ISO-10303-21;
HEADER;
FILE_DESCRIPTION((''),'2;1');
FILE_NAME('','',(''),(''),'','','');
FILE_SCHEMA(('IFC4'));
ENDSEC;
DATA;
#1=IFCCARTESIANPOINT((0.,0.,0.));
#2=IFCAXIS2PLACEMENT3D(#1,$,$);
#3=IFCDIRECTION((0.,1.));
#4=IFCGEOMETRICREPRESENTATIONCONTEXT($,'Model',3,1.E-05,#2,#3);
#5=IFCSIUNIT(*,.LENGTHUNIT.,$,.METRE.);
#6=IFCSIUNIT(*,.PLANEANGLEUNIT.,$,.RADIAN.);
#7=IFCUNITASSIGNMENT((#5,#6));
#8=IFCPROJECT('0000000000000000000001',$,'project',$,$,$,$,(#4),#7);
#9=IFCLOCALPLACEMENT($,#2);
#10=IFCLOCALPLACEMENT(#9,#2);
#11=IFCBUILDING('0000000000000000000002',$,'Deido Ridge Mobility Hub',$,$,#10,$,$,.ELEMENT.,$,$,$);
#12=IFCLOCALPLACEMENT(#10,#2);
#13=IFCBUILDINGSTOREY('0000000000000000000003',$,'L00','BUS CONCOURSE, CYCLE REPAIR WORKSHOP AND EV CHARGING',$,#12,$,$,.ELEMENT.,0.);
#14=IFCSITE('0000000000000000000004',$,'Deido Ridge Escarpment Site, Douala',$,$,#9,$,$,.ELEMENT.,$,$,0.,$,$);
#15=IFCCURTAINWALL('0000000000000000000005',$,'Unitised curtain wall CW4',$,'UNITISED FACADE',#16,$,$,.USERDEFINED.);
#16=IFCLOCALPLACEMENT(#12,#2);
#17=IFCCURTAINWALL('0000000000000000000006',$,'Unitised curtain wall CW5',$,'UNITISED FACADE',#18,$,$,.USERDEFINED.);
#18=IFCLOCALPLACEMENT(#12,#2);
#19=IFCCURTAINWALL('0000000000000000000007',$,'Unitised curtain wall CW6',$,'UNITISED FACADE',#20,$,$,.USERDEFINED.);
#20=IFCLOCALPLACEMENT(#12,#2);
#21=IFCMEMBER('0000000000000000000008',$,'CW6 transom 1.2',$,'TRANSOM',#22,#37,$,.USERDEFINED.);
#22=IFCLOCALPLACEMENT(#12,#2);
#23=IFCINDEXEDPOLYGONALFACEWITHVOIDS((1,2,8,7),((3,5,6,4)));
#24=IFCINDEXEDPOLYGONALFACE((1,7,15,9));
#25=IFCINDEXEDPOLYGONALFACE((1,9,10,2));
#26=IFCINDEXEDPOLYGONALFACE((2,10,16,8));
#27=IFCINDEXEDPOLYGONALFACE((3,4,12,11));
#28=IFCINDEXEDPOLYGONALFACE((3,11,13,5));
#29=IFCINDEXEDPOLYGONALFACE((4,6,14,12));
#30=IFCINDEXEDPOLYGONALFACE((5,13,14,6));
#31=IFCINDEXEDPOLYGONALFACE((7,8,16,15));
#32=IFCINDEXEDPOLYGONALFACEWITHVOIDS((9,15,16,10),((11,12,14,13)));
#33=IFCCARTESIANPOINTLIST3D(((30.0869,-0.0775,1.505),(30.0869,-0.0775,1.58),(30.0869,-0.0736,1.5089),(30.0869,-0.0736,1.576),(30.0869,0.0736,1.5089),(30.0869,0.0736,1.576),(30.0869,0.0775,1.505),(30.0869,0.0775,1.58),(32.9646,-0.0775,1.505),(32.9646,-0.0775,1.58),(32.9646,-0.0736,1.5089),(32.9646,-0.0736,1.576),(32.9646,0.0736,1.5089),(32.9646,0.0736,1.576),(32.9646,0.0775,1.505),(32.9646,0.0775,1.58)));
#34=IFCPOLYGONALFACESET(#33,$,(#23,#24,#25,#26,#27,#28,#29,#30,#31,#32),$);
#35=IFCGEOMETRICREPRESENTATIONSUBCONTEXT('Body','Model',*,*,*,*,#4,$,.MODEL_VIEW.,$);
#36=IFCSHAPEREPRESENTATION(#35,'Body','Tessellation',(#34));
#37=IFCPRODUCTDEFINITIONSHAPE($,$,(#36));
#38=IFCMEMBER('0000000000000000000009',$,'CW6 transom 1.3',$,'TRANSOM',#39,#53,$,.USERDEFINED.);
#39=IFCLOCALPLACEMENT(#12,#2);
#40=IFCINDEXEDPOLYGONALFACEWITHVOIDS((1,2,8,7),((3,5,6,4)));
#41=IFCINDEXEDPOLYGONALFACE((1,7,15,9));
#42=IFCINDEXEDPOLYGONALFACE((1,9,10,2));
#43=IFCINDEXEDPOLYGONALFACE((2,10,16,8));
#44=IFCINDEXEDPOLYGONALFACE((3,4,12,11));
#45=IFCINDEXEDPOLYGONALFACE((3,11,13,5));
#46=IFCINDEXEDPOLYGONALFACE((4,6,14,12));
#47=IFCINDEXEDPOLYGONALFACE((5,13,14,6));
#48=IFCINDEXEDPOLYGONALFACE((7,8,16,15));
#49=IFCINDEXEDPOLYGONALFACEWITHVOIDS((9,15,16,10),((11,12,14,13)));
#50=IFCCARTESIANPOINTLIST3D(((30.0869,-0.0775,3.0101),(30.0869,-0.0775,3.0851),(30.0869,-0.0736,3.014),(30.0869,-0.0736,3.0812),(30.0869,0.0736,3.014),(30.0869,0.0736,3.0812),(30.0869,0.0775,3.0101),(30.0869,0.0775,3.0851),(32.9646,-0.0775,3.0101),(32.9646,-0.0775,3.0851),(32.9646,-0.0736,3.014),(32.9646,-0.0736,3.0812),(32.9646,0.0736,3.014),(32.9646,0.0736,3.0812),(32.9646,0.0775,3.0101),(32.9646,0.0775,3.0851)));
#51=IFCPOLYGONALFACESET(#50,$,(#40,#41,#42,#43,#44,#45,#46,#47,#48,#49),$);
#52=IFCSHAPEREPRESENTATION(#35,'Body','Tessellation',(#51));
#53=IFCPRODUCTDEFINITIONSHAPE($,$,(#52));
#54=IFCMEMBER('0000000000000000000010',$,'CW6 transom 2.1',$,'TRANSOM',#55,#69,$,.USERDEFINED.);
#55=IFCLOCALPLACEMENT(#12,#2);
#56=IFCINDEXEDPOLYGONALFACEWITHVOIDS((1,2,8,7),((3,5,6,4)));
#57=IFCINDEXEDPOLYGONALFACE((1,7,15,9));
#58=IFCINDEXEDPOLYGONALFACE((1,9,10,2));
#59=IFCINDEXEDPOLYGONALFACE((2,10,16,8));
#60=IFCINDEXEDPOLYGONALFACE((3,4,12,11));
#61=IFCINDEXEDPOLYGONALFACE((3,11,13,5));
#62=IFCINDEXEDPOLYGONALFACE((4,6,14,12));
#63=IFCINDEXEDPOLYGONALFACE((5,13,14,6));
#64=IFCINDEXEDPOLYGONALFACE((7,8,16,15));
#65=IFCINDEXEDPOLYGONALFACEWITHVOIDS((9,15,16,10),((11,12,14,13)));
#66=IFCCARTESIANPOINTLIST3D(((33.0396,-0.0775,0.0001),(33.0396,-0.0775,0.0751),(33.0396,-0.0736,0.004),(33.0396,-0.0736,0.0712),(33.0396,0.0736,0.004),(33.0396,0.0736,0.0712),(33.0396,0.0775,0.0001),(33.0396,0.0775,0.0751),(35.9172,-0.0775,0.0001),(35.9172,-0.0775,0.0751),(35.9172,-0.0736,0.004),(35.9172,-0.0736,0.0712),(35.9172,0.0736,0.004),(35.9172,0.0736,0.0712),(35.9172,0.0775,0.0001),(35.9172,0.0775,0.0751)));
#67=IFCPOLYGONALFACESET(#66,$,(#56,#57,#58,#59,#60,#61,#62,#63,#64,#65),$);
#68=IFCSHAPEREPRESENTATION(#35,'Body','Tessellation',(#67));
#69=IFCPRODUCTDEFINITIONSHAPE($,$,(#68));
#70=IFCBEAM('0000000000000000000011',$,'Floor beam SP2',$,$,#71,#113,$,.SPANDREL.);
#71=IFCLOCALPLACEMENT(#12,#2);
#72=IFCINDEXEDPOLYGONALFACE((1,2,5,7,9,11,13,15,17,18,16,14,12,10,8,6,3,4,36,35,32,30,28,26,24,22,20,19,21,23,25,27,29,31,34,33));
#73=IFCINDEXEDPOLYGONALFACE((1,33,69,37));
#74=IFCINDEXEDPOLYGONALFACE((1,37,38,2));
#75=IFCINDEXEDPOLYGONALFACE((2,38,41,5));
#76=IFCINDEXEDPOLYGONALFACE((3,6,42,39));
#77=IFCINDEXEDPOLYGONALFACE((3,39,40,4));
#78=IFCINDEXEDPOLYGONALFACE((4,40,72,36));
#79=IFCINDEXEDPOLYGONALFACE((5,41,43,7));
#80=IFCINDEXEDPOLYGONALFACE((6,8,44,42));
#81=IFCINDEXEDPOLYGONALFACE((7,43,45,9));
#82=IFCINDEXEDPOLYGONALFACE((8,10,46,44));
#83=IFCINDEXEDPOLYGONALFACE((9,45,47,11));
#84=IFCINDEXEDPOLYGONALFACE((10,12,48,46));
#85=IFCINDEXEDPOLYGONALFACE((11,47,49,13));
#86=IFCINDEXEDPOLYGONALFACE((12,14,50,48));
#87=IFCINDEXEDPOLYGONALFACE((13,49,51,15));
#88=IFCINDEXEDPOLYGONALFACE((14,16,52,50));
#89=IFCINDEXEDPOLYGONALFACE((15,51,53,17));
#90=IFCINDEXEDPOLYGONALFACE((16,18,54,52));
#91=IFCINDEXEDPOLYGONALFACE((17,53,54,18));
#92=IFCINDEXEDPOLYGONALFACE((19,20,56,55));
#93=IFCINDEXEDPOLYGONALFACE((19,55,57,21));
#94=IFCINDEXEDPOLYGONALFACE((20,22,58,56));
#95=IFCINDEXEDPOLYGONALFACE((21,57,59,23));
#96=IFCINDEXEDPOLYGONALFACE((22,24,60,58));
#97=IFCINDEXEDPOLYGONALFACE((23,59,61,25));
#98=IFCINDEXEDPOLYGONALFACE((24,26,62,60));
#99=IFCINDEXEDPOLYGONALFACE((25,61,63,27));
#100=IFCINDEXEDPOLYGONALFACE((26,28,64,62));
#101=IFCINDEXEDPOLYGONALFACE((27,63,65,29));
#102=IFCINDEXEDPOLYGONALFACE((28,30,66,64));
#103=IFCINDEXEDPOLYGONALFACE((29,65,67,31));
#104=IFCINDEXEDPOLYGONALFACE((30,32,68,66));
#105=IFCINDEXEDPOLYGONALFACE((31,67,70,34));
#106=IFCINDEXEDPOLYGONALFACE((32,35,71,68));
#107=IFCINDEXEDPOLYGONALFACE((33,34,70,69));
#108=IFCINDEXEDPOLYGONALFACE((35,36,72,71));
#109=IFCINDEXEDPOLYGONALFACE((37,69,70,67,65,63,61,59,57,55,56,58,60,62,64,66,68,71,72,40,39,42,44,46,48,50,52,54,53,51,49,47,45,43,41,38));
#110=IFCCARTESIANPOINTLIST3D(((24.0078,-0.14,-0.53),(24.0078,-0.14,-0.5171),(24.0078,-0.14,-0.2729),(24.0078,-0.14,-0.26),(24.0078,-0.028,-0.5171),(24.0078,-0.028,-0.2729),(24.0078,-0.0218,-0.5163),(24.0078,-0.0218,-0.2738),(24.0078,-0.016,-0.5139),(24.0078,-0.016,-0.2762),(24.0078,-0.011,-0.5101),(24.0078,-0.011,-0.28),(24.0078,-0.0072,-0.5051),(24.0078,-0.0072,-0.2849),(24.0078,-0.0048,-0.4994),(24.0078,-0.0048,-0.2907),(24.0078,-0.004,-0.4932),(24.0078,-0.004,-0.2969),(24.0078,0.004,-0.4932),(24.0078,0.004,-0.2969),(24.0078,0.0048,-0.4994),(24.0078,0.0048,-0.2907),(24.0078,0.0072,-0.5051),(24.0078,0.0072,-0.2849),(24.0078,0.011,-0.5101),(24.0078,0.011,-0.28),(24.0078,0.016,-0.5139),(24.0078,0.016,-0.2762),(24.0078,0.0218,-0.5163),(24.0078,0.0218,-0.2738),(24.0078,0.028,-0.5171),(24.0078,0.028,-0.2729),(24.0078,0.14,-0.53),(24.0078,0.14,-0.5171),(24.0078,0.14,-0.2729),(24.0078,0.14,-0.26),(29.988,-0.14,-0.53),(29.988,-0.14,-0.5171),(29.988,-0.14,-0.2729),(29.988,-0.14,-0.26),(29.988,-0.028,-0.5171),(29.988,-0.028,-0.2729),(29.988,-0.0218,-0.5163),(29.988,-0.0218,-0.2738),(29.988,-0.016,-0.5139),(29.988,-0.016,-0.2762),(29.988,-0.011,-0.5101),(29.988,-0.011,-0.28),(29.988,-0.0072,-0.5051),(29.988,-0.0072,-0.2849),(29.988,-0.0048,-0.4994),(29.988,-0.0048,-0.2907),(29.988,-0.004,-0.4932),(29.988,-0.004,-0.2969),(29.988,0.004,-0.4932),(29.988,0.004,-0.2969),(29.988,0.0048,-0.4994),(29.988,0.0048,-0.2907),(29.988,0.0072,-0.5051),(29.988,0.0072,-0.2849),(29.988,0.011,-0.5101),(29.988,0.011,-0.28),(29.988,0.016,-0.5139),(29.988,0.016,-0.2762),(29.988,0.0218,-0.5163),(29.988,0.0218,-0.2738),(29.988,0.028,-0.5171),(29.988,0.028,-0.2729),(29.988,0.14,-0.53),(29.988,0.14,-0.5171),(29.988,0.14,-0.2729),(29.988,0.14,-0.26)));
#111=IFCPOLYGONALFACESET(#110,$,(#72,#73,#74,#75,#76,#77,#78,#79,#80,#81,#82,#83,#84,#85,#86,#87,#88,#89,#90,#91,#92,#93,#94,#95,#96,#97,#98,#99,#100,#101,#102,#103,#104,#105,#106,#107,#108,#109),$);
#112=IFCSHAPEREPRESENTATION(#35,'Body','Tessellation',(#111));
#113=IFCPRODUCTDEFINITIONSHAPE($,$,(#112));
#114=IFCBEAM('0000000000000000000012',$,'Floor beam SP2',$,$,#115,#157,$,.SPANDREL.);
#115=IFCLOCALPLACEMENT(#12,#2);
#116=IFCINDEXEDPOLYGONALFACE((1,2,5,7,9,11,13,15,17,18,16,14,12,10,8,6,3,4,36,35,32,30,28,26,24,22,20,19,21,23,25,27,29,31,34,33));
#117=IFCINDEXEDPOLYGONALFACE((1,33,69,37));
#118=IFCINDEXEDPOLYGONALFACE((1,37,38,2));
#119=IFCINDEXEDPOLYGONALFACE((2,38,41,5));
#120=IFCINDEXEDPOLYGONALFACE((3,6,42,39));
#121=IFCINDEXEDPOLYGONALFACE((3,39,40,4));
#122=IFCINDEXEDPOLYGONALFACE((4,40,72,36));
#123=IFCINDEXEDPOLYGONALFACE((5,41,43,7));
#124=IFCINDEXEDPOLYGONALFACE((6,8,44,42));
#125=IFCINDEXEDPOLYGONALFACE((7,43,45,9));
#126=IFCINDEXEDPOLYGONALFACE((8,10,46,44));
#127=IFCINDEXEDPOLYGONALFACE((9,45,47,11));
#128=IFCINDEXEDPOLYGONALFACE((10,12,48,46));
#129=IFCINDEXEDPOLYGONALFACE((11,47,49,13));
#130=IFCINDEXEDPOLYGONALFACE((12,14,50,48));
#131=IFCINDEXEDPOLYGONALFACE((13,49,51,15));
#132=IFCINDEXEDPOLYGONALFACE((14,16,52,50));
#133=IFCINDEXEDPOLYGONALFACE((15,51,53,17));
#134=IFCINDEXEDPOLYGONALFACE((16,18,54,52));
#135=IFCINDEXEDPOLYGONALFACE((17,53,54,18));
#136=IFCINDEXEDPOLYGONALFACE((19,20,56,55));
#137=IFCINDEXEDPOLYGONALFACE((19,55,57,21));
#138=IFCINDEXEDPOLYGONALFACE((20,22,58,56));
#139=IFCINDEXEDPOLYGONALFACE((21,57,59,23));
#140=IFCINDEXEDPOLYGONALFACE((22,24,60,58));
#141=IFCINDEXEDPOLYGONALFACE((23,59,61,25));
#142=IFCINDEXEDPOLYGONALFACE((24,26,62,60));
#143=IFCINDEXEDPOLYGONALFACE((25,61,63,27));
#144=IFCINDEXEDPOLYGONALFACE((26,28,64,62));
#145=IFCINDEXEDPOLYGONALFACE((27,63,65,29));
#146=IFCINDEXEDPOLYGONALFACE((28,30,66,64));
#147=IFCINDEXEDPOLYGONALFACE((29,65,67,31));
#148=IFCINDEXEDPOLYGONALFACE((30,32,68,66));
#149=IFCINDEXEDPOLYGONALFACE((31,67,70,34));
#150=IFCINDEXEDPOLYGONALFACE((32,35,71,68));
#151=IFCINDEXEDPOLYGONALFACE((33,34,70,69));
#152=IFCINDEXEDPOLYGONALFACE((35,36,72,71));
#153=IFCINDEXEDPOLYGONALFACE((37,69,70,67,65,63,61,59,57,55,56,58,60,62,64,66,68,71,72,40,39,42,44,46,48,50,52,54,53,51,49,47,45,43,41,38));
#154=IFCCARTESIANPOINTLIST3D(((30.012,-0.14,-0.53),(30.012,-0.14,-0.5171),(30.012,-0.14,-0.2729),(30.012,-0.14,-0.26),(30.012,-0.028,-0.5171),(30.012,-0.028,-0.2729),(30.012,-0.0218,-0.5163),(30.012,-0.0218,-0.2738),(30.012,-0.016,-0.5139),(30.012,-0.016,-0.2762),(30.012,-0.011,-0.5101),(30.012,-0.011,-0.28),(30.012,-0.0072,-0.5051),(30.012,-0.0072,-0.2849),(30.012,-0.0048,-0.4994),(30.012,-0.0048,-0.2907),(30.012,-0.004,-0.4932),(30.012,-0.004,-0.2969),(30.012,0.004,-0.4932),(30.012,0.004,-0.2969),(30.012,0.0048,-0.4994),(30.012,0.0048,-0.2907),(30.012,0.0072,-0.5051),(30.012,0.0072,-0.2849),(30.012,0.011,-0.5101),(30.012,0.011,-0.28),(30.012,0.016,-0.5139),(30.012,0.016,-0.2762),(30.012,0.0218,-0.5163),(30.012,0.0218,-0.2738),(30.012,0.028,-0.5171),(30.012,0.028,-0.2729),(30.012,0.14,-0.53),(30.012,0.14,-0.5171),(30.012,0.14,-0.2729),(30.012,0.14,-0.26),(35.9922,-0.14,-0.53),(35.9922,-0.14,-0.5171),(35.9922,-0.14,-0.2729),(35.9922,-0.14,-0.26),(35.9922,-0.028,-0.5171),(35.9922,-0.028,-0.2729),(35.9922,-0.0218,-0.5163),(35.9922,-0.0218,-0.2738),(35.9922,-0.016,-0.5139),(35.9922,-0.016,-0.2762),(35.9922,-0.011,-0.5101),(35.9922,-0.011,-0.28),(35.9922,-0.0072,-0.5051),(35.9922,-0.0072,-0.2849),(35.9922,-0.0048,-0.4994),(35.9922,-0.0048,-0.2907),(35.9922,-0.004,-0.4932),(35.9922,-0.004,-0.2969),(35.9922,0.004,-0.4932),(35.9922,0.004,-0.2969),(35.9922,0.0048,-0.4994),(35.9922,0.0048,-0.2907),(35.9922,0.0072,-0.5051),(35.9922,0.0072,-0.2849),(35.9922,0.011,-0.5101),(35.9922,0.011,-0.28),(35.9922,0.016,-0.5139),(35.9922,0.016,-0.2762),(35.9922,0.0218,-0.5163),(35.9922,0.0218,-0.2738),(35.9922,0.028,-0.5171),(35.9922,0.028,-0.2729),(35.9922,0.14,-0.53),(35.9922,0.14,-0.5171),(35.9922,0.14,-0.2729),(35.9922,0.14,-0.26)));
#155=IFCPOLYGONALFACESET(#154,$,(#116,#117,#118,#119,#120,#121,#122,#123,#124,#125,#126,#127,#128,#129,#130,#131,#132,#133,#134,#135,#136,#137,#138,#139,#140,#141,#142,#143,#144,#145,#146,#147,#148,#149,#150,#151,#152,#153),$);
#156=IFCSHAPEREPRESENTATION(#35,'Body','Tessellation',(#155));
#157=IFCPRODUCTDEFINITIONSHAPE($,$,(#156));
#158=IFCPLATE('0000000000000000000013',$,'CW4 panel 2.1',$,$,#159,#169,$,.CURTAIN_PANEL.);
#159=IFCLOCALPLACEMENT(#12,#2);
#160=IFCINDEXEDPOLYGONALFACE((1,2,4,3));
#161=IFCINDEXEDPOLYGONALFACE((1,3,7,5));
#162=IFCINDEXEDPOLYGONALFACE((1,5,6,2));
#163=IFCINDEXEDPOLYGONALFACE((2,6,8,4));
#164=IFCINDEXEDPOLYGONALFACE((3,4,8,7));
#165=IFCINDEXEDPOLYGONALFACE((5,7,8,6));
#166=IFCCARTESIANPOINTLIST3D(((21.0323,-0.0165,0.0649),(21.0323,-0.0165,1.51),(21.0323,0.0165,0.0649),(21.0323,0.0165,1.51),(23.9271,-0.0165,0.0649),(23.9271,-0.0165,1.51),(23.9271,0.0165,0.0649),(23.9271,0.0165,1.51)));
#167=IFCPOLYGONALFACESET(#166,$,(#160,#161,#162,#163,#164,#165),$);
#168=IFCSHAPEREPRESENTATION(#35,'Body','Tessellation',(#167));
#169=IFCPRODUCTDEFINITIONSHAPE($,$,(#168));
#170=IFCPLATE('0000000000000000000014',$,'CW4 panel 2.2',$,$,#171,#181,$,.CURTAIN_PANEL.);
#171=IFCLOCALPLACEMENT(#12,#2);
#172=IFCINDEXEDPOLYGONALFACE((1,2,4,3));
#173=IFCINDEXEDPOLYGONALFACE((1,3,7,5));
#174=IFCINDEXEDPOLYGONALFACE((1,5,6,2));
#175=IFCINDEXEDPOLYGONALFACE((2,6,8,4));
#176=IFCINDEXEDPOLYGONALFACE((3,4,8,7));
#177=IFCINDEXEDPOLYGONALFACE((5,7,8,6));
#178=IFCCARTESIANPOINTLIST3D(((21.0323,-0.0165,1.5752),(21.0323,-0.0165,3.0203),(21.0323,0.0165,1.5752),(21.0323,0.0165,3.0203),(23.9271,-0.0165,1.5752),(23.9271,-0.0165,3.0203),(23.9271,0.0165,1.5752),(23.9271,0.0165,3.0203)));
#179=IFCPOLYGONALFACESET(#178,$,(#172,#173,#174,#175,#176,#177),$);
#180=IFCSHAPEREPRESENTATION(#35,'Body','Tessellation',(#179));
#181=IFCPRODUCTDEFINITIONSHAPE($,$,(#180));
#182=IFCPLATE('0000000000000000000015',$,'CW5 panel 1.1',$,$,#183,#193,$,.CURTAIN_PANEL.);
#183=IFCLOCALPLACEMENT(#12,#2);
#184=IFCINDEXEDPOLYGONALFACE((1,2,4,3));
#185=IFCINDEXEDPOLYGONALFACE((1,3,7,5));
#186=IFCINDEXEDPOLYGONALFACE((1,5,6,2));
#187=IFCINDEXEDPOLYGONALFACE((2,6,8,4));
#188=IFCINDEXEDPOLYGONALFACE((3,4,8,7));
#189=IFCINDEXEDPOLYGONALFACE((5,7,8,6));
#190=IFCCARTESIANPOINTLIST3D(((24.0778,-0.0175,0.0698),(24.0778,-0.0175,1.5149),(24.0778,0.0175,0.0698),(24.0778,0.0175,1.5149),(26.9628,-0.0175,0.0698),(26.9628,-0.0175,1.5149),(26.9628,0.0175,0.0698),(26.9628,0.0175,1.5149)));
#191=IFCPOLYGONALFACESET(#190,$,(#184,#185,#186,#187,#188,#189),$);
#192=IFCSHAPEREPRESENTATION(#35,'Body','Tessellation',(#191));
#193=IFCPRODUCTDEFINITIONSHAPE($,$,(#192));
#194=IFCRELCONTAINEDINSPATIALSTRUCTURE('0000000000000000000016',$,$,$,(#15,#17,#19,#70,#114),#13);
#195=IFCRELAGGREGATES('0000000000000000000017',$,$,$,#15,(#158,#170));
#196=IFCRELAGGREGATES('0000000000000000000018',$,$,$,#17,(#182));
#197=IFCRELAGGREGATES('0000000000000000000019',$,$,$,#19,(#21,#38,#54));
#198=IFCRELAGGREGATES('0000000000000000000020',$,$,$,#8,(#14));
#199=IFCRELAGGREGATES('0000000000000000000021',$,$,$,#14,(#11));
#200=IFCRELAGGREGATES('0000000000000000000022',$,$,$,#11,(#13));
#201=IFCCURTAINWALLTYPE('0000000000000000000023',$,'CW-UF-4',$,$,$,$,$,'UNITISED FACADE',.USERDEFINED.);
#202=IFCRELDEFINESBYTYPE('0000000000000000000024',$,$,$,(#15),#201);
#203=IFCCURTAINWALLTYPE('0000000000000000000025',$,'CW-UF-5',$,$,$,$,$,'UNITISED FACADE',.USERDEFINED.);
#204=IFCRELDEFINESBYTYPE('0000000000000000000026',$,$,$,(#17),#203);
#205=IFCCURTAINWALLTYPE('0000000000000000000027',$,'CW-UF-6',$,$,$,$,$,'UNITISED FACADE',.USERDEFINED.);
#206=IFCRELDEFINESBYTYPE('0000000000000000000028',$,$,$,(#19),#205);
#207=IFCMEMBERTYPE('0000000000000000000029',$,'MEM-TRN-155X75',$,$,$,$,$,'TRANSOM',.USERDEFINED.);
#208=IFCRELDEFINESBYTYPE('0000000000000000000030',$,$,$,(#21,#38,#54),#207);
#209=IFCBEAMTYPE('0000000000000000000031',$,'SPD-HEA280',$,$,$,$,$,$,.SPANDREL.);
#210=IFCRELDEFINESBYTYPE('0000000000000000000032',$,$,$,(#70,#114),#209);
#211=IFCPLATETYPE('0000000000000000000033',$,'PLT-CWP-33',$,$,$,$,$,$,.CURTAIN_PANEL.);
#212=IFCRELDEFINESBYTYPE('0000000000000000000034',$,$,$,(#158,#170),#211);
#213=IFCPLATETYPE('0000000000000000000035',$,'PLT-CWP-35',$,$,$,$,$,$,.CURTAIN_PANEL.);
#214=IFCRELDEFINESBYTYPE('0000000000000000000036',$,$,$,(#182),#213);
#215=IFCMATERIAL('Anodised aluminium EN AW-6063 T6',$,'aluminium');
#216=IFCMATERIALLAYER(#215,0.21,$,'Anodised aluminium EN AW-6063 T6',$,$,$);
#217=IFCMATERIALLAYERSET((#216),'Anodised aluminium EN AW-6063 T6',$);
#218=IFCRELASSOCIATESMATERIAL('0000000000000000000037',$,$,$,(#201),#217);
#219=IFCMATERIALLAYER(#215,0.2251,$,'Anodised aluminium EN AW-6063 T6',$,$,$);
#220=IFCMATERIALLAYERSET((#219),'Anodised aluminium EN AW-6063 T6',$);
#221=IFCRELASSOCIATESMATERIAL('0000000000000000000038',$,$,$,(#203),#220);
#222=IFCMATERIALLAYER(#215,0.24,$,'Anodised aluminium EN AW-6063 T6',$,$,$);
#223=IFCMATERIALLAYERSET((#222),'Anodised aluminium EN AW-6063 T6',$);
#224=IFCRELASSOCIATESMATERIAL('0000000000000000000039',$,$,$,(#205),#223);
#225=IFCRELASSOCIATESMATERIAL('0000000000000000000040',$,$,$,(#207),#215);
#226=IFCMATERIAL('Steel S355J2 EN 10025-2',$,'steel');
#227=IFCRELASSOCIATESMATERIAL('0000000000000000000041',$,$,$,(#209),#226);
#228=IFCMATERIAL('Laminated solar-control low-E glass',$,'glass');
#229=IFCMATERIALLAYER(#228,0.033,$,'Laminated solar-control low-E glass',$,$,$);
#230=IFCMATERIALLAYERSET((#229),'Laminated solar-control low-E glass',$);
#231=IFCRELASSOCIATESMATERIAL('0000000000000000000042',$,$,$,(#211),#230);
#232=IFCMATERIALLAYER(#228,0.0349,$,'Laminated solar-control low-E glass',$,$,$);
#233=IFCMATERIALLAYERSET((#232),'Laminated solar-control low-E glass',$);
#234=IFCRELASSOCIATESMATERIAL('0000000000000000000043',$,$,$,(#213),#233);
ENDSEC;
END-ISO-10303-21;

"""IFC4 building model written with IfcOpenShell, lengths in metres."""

from ifc_helpers import new_model, si_unit, direction, frame, origin, origin_2d, place, context, subcontext, project, spatial, rectangle, hollow_rectangle, i_section, extrude, material, layer, layer_set, material_profile, profile_set, type_object, element, aggregate, save


model = new_model("IFC4")

# Units and contexts
model_context = context("Model", 3, precision=1e-05, world=origin(), true_north=direction((0.0, 1.0)))
body_context = subcontext(model_context, "Body", "Model", "MODEL_VIEW")
ifc_project = project(units=[si_unit("LENGTHUNIT", "METRE"), si_unit("PLANEANGLEUNIT", "RADIAN")], contexts=[model_context])

# Site, building, storey
site_placement = place(None, origin())
site = spatial("IfcSite", under=ifc_project, at=site_placement, Name="Deido Ridge Escarpment Site, Douala", CompositionType="ELEMENT", RefElevation=0.0)
building_placement = place(site_placement, origin())
building = spatial("IfcBuilding", under=site, at=building_placement, Name="Deido Ridge Mobility Hub", CompositionType="ELEMENT")
storey_placement = place(building_placement, origin())
storey = spatial("IfcBuildingStorey", under=building, at=storey_placement, Name="L00", Description="BUS CONCOURSE, CYCLE REPAIR WORKSHOP AND EV CHARGING", CompositionType="ELEMENT", Elevation=0.0)

# Shared definitions
ifc_material_1 = material(Name="Steel S355J2 EN 10025-2", Category="steel")

# Curtain wall
ifc_material_2 = material(Name="Anodised aluminium EN AW-6063 T6", Category="aluminium")
ifc_layer_1 = layer(ifc_material_2, 0.21, Name="Anodised aluminium EN AW-6063 T6")
ifc_layer_set_1 = layer_set([ifc_layer_1], Name="Anodised aluminium EN AW-6063 T6")
curtain_wall_type_1 = type_object("IfcCurtainWallType", Name="CW-UF-4", ElementType="UNITISED FACADE", PredefinedType="USERDEFINED", material=ifc_layer_set_1)
curtain_wall_1_placement = place(storey_placement, origin())
curtain_wall_1 = element("IfcCurtainWall", 1, at=curtain_wall_1_placement, inside=storey, type_object=curtain_wall_type_1, Name="Unitised curtain wall CW4", ObjectType="UNITISED FACADE", PredefinedType="USERDEFINED")

# Curtain walls
ifc_layer_2 = layer(ifc_material_2, 0.2251, Name="Anodised aluminium EN AW-6063 T6")
ifc_layer_set_2 = layer_set([ifc_layer_2], Name="Anodised aluminium EN AW-6063 T6")
curtain_wall_type_2 = type_object("IfcCurtainWallType", Name="CW-UF-5", ElementType="UNITISED FACADE", PredefinedType="USERDEFINED", material=ifc_layer_set_2)
curtain_wall_2_placement = place(storey_placement, origin())
curtain_wall_2 = element("IfcCurtainWall", 2, at=curtain_wall_2_placement, inside=storey, type_object=curtain_wall_type_2, Name="Unitised curtain wall CW5", ObjectType="UNITISED FACADE", PredefinedType="USERDEFINED")
ifc_layer_3 = layer(ifc_material_2, 0.24, Name="Anodised aluminium EN AW-6063 T6")
ifc_layer_set_3 = layer_set([ifc_layer_3], Name="Anodised aluminium EN AW-6063 T6")
curtain_wall_type_3 = type_object("IfcCurtainWallType", Name="CW-UF-6", ElementType="UNITISED FACADE", PredefinedType="USERDEFINED", material=ifc_layer_set_3)
curtain_wall_3_placement = place(storey_placement, origin())
curtain_wall_3 = element("IfcCurtainWall", 3, at=curtain_wall_3_placement, inside=storey, type_object=curtain_wall_type_3, Name="Unitised curtain wall CW6", ObjectType="UNITISED FACADE", PredefinedType="USERDEFINED")

# Members
ifc_material_profile_1 = material_profile(ifc_material_2, hollow_rectangle(XDim=0.155, YDim=0.075, WallThickness=0.0039, at=origin_2d()), Name="RHS 155x75x4")
ifc_profile_set_1 = profile_set([ifc_material_profile_1], Name="Anodised aluminium EN AW-6063 T6")
member_type_1 = type_object("IfcMemberType", Name="MEM-TRN-155X75", ElementType="TRANSOM", PredefinedType="USERDEFINED", material=ifc_profile_set_1)
member_1_placement = place(storey_placement, frame((30.0869, 0.0, 1.5425), z_axis=(1.0, 0.0, 0.0), x_axis=(0.0, 1.0, 0.0)))
member_1 = element("IfcMember", 4, at=member_1_placement, type_object=member_type_1, Name="CW6 transom 1.2", ObjectType="TRANSOM", PredefinedType="USERDEFINED", context=body_context, shape_type="SweptSolid", body=[
    extrude(hollow_rectangle(XDim=0.155, YDim=0.075, WallThickness=0.0039, at=origin_2d()), origin(), (0.0, 0.0, 1.0), 2.8777),
])
member_2_placement = place(storey_placement, frame((30.0869, 0.0, 3.0476), z_axis=(1.0, 0.0, 0.0), x_axis=(0.0, 1.0, 0.0)))
member_2 = element("IfcMember", 5, at=member_2_placement, type_object=member_type_1, Name="CW6 transom 1.3", ObjectType="TRANSOM", PredefinedType="USERDEFINED", context=body_context, shape_type="SweptSolid", body=[
    extrude(hollow_rectangle(XDim=0.155, YDim=0.075, WallThickness=0.0039, at=origin_2d()), origin(), (0.0, 0.0, 1.0), 2.8777),
])
member_3_placement = place(storey_placement, frame((33.0396, 0.0, 0.0376), z_axis=(1.0, 0.0, 0.0), x_axis=(0.0, 1.0, 0.0)))
member_3 = element("IfcMember", 6, at=member_3_placement, type_object=member_type_1, Name="CW6 transom 2.1", ObjectType="TRANSOM", PredefinedType="USERDEFINED", context=body_context, shape_type="SweptSolid", body=[
    extrude(hollow_rectangle(XDim=0.155, YDim=0.075, WallThickness=0.0039, at=origin_2d()), origin(), (0.0, 0.0, 1.0), 2.8777),
])

# Beams
ifc_material_profile_2 = material_profile(ifc_material_1, i_section(OverallWidth=0.28, OverallDepth=0.27, WebThickness=0.0081, FlangeThickness=0.0129, FilletRadius=0.0239, at=origin_2d()), Name="HEA 280")
ifc_profile_set_2 = profile_set([ifc_material_profile_2], Name="Steel S355J2 EN 10025-2")
beam_type = type_object("IfcBeamType", Name="SPD-HEA280", PredefinedType="SPANDREL", material=ifc_profile_set_2)
for number, where, z_axis, x_axis, name in (
    (7, (24.0078, 0.0, -0.395), (1.0, 0.0, 0.0), (0.0, 1.0, 0.0), "Floor beam SP2"),
    (8, (30.012, 0.0, -0.395), (1.0, 0.0, 0.0), (0.0, 1.0, 0.0), "Floor beam SP2"),
):
    element("IfcBeam", number, at=place(storey_placement, frame(where, z_axis=z_axis, x_axis=x_axis)), inside=storey, type_object=beam_type, Name=name, PredefinedType="SPANDREL", context=body_context, shape_type="SweptSolid", body=[
        extrude(i_section(OverallWidth=0.28, OverallDepth=0.27, WebThickness=0.0081, FlangeThickness=0.0129, FilletRadius=0.0239, at=origin_2d()), origin(), (0.0, 0.0, 1.0), 5.9802),
    ])

# Plates
ifc_material_3 = material(Name="Laminated solar-control low-E glass", Category="glass")
ifc_layer_4 = layer(ifc_material_3, 0.033, Name="Laminated solar-control low-E glass")
ifc_layer_set_4 = layer_set([ifc_layer_4], Name="Laminated solar-control low-E glass")
plate_type_1 = type_object("IfcPlateType", Name="PLT-CWP-33", PredefinedType="CURTAIN_PANEL", material=ifc_layer_set_4)
plate_1_placement = place(storey_placement, frame((22.4797, 0.0, 0.0649), z_axis=(0.0, 0.0, 1.0), x_axis=(1.0, 0.0, 0.0)))
plate_1 = element("IfcPlate", 9, at=plate_1_placement, type_object=plate_type_1, Name="CW4 panel 2.1", PredefinedType="CURTAIN_PANEL", context=body_context, shape_type="SweptSolid", body=[
    extrude(rectangle(XDim=2.8948, YDim=0.033, at=origin_2d()), origin(), (0.0, 0.0, 1.0), 1.4451),
])
plate_2_placement = place(storey_placement, frame((22.4797, 0.0, 1.5752), z_axis=(0.0, 0.0, 1.0), x_axis=(1.0, 0.0, 0.0)))
plate_2 = element("IfcPlate", 10, at=plate_2_placement, type_object=plate_type_1, Name="CW4 panel 2.2", PredefinedType="CURTAIN_PANEL", context=body_context, shape_type="SweptSolid", body=[
    extrude(rectangle(XDim=2.8948, YDim=0.033, at=origin_2d()), origin(), (0.0, 0.0, 1.0), 1.4451),
])
aggregate(curtain_wall_1, [plate_1, plate_2])
ifc_layer_5 = layer(ifc_material_3, 0.0349, Name="Laminated solar-control low-E glass")
ifc_layer_set_5 = layer_set([ifc_layer_5], Name="Laminated solar-control low-E glass")
plate_type_2 = type_object("IfcPlateType", Name="PLT-CWP-35", PredefinedType="CURTAIN_PANEL", material=ifc_layer_set_5)
plate_3_placement = place(storey_placement, frame((25.5203, 0.0, 0.0698), z_axis=(0.0, 0.0, 1.0), x_axis=(1.0, 0.0, 0.0)))
plate_3 = element("IfcPlate", 11, at=plate_3_placement, type_object=plate_type_2, Name="CW5 panel 1.1", PredefinedType="CURTAIN_PANEL", context=body_context, shape_type="SweptSolid", body=[
    extrude(rectangle(XDim=2.885, YDim=0.0349, at=origin_2d()), origin(), (0.0, 0.0, 1.0), 1.4451),
])
aggregate(curtain_wall_2, [plate_3])
aggregate(curtain_wall_3, [member_1, member_2, member_3])

save(model, "model.ifc")
